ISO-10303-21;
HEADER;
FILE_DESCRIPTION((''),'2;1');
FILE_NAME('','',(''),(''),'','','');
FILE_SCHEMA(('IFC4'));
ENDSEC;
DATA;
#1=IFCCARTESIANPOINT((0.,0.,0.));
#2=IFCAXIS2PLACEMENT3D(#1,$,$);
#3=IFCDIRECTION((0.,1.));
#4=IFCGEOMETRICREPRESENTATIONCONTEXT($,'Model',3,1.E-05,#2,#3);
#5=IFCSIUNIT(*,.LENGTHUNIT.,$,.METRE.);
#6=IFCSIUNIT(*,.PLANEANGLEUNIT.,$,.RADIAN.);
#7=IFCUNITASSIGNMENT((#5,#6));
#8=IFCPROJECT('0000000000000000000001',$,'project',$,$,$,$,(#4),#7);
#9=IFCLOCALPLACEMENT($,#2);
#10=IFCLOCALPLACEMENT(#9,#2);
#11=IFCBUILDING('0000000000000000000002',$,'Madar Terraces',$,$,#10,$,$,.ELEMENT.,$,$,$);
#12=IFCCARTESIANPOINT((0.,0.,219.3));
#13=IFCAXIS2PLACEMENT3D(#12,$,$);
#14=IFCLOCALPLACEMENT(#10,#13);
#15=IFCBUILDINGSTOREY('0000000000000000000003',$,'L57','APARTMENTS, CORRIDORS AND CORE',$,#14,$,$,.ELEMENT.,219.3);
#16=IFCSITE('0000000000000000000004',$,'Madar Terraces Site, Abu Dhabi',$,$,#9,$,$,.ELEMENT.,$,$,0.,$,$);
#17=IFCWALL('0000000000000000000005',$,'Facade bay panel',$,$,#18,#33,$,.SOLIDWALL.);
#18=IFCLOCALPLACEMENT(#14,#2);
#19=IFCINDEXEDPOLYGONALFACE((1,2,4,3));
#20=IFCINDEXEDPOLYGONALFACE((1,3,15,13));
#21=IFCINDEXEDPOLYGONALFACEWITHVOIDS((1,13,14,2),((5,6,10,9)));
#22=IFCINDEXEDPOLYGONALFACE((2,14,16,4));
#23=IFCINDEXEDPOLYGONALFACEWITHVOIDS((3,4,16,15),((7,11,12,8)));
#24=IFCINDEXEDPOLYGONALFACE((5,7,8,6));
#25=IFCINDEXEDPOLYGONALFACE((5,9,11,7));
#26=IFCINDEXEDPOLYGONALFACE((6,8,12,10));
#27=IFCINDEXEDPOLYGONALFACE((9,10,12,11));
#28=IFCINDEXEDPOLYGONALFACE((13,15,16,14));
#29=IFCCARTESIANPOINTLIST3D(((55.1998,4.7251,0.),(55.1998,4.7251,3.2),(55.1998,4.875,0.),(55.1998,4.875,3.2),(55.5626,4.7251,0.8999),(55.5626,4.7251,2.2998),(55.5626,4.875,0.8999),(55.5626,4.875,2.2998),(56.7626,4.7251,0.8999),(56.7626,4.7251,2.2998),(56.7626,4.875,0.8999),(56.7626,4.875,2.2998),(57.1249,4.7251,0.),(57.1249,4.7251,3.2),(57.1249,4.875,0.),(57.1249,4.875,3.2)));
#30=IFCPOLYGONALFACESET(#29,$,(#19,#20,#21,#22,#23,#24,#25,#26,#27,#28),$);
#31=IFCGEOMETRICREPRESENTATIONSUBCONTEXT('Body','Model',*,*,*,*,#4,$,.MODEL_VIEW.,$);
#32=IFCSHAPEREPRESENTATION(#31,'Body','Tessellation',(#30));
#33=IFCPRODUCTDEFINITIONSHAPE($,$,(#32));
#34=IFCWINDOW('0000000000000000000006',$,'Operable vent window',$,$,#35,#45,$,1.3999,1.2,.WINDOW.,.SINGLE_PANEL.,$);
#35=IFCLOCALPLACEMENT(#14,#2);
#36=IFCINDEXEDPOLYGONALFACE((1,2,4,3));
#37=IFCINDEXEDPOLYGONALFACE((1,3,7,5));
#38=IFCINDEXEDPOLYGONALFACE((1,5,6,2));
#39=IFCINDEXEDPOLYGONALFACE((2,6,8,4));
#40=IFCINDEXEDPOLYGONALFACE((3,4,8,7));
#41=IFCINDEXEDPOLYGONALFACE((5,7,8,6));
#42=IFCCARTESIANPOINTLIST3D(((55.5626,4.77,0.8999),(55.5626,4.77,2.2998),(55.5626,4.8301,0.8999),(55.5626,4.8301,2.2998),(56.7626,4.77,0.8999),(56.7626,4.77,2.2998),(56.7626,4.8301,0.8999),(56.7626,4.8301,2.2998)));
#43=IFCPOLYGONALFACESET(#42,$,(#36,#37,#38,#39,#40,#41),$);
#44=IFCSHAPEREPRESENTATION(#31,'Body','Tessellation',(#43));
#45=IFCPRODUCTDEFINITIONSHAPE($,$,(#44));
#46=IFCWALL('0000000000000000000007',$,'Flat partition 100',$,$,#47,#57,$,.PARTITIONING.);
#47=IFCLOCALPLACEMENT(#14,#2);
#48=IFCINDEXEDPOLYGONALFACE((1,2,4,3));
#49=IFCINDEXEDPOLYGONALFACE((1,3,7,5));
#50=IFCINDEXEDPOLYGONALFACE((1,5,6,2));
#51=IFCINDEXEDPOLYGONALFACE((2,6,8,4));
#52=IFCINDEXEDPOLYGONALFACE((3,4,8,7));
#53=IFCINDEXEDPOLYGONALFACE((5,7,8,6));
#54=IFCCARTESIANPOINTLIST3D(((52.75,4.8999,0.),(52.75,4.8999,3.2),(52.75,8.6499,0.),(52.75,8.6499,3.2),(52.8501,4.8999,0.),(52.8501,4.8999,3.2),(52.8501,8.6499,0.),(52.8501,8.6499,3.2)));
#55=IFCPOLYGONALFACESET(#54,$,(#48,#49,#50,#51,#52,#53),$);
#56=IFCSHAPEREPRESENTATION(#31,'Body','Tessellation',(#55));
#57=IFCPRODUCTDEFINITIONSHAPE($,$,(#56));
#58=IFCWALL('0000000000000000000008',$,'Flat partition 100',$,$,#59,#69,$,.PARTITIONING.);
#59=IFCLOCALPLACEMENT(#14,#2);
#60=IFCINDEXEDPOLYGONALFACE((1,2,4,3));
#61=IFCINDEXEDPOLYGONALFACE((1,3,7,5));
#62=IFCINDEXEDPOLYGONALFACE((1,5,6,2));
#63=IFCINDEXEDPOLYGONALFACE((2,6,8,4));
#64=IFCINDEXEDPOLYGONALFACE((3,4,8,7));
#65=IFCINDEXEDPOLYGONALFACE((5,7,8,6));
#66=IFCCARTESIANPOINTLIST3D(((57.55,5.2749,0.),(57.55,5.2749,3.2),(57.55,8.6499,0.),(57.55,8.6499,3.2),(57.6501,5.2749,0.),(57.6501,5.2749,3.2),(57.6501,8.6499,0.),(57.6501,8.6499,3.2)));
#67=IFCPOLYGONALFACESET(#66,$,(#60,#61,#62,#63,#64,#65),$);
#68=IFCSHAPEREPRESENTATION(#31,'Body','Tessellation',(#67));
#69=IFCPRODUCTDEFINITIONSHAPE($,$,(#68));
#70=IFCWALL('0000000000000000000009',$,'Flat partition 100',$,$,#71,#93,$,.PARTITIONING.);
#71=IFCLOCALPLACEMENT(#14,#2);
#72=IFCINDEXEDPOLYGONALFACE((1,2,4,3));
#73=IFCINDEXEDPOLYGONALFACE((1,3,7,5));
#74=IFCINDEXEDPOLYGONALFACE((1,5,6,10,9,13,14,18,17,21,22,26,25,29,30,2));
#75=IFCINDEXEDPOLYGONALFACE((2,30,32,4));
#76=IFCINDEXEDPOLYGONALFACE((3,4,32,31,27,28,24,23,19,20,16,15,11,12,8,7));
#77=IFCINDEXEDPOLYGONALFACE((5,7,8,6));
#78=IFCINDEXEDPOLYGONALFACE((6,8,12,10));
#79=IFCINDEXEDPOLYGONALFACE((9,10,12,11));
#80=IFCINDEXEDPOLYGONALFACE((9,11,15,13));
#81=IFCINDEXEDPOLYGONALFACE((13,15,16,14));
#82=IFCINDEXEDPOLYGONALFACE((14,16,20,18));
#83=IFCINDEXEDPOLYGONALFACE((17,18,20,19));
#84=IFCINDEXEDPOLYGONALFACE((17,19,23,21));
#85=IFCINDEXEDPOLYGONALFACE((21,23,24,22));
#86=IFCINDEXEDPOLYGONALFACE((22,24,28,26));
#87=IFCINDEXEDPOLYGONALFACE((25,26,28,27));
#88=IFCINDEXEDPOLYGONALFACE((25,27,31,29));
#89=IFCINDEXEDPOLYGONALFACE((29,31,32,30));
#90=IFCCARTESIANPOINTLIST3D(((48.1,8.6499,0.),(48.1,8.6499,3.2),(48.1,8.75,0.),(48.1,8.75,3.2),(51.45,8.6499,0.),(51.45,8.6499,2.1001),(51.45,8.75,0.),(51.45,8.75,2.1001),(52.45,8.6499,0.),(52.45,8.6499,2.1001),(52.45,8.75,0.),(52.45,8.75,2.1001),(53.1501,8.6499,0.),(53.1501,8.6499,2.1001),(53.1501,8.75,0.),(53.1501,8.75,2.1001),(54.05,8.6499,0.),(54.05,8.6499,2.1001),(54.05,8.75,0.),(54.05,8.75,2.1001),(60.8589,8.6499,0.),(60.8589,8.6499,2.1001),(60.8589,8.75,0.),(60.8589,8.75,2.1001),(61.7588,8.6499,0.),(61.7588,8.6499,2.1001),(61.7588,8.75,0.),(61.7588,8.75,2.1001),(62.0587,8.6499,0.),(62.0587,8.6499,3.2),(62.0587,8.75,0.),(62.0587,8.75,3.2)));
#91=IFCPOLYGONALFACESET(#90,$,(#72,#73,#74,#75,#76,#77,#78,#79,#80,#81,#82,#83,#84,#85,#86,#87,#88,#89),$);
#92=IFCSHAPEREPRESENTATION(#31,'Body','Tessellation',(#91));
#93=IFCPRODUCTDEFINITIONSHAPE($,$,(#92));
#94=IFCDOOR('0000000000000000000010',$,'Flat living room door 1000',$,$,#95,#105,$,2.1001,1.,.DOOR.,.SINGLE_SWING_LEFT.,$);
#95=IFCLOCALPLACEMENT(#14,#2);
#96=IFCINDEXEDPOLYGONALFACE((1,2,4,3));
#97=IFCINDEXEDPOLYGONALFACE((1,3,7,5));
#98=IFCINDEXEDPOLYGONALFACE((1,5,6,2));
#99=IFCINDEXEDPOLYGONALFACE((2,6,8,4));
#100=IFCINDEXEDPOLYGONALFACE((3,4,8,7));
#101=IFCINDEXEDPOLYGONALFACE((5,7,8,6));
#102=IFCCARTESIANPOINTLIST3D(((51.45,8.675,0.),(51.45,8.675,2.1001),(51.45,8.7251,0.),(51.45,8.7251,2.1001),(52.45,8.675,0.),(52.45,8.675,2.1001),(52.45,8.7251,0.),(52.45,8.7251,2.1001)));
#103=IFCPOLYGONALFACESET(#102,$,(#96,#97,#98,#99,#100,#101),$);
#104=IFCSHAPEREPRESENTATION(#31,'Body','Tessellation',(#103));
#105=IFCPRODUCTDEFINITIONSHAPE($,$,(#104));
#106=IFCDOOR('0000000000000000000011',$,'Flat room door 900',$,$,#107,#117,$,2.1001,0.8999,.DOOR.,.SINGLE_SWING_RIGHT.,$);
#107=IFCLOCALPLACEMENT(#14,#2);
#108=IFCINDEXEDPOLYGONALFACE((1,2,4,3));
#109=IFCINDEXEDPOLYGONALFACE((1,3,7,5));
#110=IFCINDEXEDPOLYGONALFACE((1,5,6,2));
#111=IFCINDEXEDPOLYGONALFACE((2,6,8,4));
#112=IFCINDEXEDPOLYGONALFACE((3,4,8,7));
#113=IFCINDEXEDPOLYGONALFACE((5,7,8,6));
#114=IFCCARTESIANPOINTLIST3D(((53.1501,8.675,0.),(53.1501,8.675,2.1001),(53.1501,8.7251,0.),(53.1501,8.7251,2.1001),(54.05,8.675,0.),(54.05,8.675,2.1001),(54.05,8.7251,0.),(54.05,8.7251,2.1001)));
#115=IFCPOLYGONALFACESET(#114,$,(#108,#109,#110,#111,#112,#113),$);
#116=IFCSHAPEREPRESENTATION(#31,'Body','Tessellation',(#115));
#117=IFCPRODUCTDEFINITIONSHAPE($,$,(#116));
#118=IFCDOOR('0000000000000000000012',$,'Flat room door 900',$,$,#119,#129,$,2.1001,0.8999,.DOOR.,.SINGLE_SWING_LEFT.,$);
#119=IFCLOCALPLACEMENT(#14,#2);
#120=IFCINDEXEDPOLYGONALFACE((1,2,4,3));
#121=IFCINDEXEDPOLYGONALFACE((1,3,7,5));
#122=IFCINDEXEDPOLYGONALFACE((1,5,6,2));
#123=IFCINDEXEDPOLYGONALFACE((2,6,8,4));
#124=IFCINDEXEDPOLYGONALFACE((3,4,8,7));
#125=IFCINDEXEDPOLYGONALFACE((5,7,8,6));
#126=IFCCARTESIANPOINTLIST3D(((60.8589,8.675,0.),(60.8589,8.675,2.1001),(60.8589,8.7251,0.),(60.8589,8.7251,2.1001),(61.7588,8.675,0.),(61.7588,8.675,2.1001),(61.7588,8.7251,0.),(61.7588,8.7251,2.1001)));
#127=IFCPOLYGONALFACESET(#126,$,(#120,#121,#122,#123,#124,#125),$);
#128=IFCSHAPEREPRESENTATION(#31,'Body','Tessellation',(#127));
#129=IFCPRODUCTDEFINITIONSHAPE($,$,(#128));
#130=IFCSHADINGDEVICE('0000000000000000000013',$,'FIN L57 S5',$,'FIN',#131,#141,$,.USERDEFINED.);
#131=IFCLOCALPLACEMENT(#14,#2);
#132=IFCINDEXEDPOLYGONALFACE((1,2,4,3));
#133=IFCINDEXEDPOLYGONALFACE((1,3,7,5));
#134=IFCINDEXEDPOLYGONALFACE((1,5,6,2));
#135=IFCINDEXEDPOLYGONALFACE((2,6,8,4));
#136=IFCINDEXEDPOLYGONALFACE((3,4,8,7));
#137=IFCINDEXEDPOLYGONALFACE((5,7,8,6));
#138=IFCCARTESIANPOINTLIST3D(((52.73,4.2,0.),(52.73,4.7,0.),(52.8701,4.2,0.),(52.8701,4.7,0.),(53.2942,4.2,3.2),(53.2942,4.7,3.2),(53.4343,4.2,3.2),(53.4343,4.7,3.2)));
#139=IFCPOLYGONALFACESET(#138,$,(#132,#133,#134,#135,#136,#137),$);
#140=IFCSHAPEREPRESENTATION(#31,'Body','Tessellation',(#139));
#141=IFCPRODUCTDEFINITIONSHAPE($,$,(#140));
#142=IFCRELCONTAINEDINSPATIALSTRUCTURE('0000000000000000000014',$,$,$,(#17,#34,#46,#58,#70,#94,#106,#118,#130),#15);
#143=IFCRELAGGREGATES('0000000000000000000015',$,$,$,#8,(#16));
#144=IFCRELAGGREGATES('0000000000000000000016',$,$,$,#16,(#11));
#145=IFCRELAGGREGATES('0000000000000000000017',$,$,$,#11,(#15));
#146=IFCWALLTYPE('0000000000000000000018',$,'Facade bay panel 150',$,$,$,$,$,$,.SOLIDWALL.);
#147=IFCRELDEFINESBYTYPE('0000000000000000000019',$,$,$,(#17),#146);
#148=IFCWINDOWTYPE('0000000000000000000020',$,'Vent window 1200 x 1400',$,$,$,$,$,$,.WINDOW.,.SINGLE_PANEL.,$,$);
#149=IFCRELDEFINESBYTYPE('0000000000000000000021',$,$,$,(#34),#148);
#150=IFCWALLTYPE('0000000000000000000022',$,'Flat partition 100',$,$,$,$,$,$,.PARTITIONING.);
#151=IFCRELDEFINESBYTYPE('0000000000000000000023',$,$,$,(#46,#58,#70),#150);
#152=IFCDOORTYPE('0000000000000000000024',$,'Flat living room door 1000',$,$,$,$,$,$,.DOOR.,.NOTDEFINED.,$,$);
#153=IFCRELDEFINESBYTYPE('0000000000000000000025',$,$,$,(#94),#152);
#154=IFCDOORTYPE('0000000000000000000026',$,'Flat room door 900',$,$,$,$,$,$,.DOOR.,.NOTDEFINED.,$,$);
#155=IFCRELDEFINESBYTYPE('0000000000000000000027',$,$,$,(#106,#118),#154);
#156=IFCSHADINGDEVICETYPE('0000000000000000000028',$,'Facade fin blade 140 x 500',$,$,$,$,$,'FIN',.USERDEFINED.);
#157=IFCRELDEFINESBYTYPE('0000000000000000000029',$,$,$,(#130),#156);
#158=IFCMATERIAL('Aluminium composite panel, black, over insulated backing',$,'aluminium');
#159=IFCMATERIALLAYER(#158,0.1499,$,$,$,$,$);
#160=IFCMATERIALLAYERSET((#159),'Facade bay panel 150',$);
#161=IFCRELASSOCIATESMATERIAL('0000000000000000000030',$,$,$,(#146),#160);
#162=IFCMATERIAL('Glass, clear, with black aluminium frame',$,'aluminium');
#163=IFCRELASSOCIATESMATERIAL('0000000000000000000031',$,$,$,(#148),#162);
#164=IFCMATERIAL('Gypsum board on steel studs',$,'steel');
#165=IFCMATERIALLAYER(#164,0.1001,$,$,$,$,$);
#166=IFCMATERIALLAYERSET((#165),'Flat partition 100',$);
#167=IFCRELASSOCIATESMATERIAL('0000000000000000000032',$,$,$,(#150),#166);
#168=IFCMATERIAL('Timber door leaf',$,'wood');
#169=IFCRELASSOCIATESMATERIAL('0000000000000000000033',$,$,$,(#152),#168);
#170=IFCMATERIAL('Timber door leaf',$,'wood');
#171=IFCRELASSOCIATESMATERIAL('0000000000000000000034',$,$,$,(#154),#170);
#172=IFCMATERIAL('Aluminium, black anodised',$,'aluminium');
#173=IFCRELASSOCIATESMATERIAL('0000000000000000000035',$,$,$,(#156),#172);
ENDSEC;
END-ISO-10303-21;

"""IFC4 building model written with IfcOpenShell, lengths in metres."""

from ifc_helpers import new_model, si_unit, direction, frame, frame_2d, origin, place, context, subcontext, project, spatial, polyline, rectangle, outline, extrude, material, layer, layer_set, type_object, element, fill, save


model = new_model("IFC4")

# Units and contexts
model_context = context("Model", 3, precision=1e-05, world=origin(), true_north=direction((0.0, 1.0)))
body_context = subcontext(model_context, "Body", "Model", "MODEL_VIEW")
ifc_project = project(units=[si_unit("LENGTHUNIT", "METRE"), si_unit("PLANEANGLEUNIT", "RADIAN")], contexts=[model_context])

# Site, building, storey
site_placement = place(None, origin())
site = spatial("IfcSite", under=ifc_project, at=site_placement, Name="Madar Terraces Site, Abu Dhabi", CompositionType="ELEMENT", RefElevation=0.0)
building_placement = place(site_placement, origin())
building = spatial("IfcBuilding", under=site, at=building_placement, Name="Madar Terraces", CompositionType="ELEMENT")
storey_placement = place(building_placement, frame((0.0, 0.0, 219.3)))
storey = spatial("IfcBuildingStorey", under=building, at=storey_placement, Name="L57", Description="APARTMENTS, CORRIDORS AND CORE", CompositionType="ELEMENT", Elevation=219.3)

# Shared definitions
ifc_material_1 = material(Name="Aluminium composite panel, black, over insulated backing", Category="aluminium")
ifc_layer_1 = layer(ifc_material_1, 0.1499)
ifc_layer_set_1 = layer_set([ifc_layer_1], Name="Facade bay panel 150")
wall_type_1 = type_object("IfcWallType", Name="Facade bay panel 150", PredefinedType="SOLIDWALL", material=ifc_layer_set_1)

# Wall, opening, window
wall_1_placement = place(storey_placement, frame((55.2, 4.8, 0.0), z_axis=(0.0, 0.0, 1.0), x_axis=(1.0, 0.0, 0.0)))
wall_1 = element("IfcWall", 1, at=wall_1_placement, inside=storey, type_object=wall_type_1, Name="Facade bay panel", PredefinedType="SOLIDWALL", context=body_context, shape_type="SweptSolid", body=[
    extrude(rectangle(XDim=1.925, YDim=0.1499, at=frame_2d((0.9624, 0.0))), origin(), (0.0, 0.0, 1.0), 3.2),
])
opening_1_placement = place(wall_1_placement, frame((0.3625, 0.0, 0.8999)))
opening_1 = element("IfcOpeningElement", 2, at=opening_1_placement, cuts=wall_1, PredefinedType="OPENING", context=body_context, shape_type="SweptSolid", body=[
    extrude(rectangle(XDim=1.2, YDim=1.3999, at=frame_2d((0.6001, 0.7))), frame((0.0, 0.085, 0.0), z_axis=(0.0, -1.0, 0.0), x_axis=(1.0, 0.0, 0.0)), (0.0, 0.0, 1.0), 0.1699),
])
ifc_material_2 = material(Name="Glass, clear, with black aluminium frame", Category="aluminium")
window_type = type_object("IfcWindowType", Name="Vent window 1200 x 1400", PartitioningType="SINGLE_PANEL", PredefinedType="WINDOW", material=ifc_material_2)
window_placement = place(opening_1_placement, origin())
window = element("IfcWindow", 3, at=window_placement, inside=storey, type_object=window_type, Name="Operable vent window", OverallHeight=1.3999, OverallWidth=1.2, PartitioningType="SINGLE_PANEL", PredefinedType="WINDOW", context=body_context, shape_type="SweptSolid", body=[
    extrude(rectangle(XDim=1.2, YDim=1.3999, at=frame_2d((0.6001, 0.7))), frame((0.0, 0.03, 0.0), z_axis=(0.0, -1.0, 0.0), x_axis=(1.0, 0.0, 0.0)), (0.0, 0.0, 1.0), 0.0601),
])
fill(opening_1, window)

# Walls
ifc_material_3 = material(Name="Gypsum board on steel studs", Category="steel")
ifc_layer_2 = layer(ifc_material_3, 0.1001)
ifc_layer_set_2 = layer_set([ifc_layer_2], Name="Flat partition 100")
wall_type_2 = type_object("IfcWallType", Name="Flat partition 100", PredefinedType="PARTITIONING", material=ifc_layer_set_2)
wall_2_placement = place(storey_placement, frame((52.8, 8.6499, 0.0), z_axis=(0.0, 0.0, 1.0), x_axis=(0.0, -1.0, 0.0)))
element("IfcWall", 4, at=wall_2_placement, inside=storey, type_object=wall_type_2, Name="Flat partition 100", PredefinedType="PARTITIONING", context=body_context, shape_type="SweptSolid", body=[
    extrude(rectangle(XDim=3.75, YDim=0.1001, at=frame_2d((1.875, 0.0))), origin(), (0.0, 0.0, 1.0), 3.2),
])
wall_3_placement = place(storey_placement, frame((57.6001, 8.6499, 0.0), z_axis=(0.0, 0.0, 1.0), x_axis=(0.0, -1.0, 0.0)))
element("IfcWall", 5, at=wall_3_placement, inside=storey, type_object=wall_type_2, Name="Flat partition 100", PredefinedType="PARTITIONING", context=body_context, shape_type="SweptSolid", body=[
    extrude(rectangle(XDim=3.375, YDim=0.1001, at=frame_2d((1.6875, 0.0))), origin(), (0.0, 0.0, 1.0), 3.2),
])

# Wall, openings, doors
wall_4_placement = place(storey_placement, frame((62.0588, 8.7, 0.0), z_axis=(0.0, 0.0, 1.0), x_axis=(-1.0, 0.0, 0.0)))
wall_4 = element("IfcWall", 6, at=wall_4_placement, inside=storey, type_object=wall_type_2, Name="Flat partition 100", PredefinedType="PARTITIONING", context=body_context, shape_type="SweptSolid", body=[
    extrude(rectangle(XDim=13.9587, YDim=0.1001, at=frame_2d((6.9795, 0.0))), origin(), (0.0, 0.0, 1.0), 3.2),
])
opening_2_placement = place(wall_4_placement, frame((9.6089, 0.0, 0.0)))
opening_2 = element("IfcOpeningElement", 7, at=opening_2_placement, cuts=wall_4, PredefinedType="OPENING", context=body_context, shape_type="SweptSolid", body=[
    extrude(rectangle(XDim=1.0, YDim=2.1001, at=frame_2d((0.5, 1.05))), frame((0.0, 0.0601, 0.0), z_axis=(0.0, -1.0, 0.0), x_axis=(1.0, 0.0, 0.0)), (0.0, 0.0, 1.0), 0.1201),
])
opening_3_placement = place(wall_4_placement, frame((8.0088, 0.0, 0.0)))
opening_3 = element("IfcOpeningElement", 8, at=opening_3_placement, cuts=wall_4, PredefinedType="OPENING", context=body_context, shape_type="SweptSolid", body=[
    extrude(rectangle(XDim=0.8999, YDim=2.1001, at=frame_2d((0.45, 1.05))), frame((0.0, 0.0601, 0.0), z_axis=(0.0, -1.0, 0.0), x_axis=(1.0, 0.0, 0.0)), (0.0, 0.0, 1.0), 0.1201),
])
opening_4_placement = place(wall_4_placement, frame((0.3, 0.0, 0.0)))
opening_4 = element("IfcOpeningElement", 9, at=opening_4_placement, cuts=wall_4, PredefinedType="OPENING", context=body_context, shape_type="SweptSolid", body=[
    extrude(rectangle(XDim=0.8999, YDim=2.1001, at=frame_2d((0.45, 1.05))), frame((0.0, 0.0601, 0.0), z_axis=(0.0, -1.0, 0.0), x_axis=(1.0, 0.0, 0.0)), (0.0, 0.0, 1.0), 0.1201),
])
ifc_material_4 = material(Name="Timber door leaf", Category="wood")
door_type_1 = type_object("IfcDoorType", Name="Flat living room door 1000", OperationType="NOTDEFINED", PredefinedType="DOOR", material=ifc_material_4)
door_1_placement = place(opening_2_placement, origin())
door_1 = element("IfcDoor", 10, at=door_1_placement, inside=storey, type_object=door_type_1, Name="Flat living room door 1000", OperationType="SINGLE_SWING_LEFT", OverallHeight=2.1001, OverallWidth=1.0, PredefinedType="DOOR", context=body_context, shape_type="SweptSolid", body=[
    extrude(rectangle(XDim=1.0, YDim=2.1001, at=frame_2d((0.5, 1.05))), frame((0.0, 0.0249, 0.0), z_axis=(0.0, -1.0, 0.0), x_axis=(1.0, 0.0, 0.0)), (0.0, 0.0, 1.0), 0.05),
])
fill(opening_2, door_1)
ifc_material_5 = material(Name="Timber door leaf", Category="wood")
door_type_2 = type_object("IfcDoorType", Name="Flat room door 900", OperationType="NOTDEFINED", PredefinedType="DOOR", material=ifc_material_5)
door_2_placement = place(opening_3_placement, origin())
door_2 = element("IfcDoor", 11, at=door_2_placement, inside=storey, type_object=door_type_2, Name="Flat room door 900", OperationType="SINGLE_SWING_RIGHT", OverallHeight=2.1001, OverallWidth=0.8999, PredefinedType="DOOR", context=body_context, shape_type="SweptSolid", body=[
    extrude(rectangle(XDim=0.8999, YDim=2.1001, at=frame_2d((0.45, 1.05))), frame((0.0, 0.0249, 0.0), z_axis=(0.0, -1.0, 0.0), x_axis=(1.0, 0.0, 0.0)), (0.0, 0.0, 1.0), 0.05),
])
fill(opening_3, door_2)
door_3_placement = place(opening_4_placement, origin())
door_3 = element("IfcDoor", 12, at=door_3_placement, inside=storey, type_object=door_type_2, Name="Flat room door 900", OperationType="SINGLE_SWING_LEFT", OverallHeight=2.1001, OverallWidth=0.8999, PredefinedType="DOOR", context=body_context, shape_type="SweptSolid", body=[
    extrude(rectangle(XDim=0.8999, YDim=2.1001, at=frame_2d((0.45, 1.05))), frame((0.0, 0.0249, 0.0), z_axis=(0.0, -1.0, 0.0), x_axis=(1.0, 0.0, 0.0)), (0.0, 0.0, 1.0), 0.05),
])
fill(opening_4, door_3)

# Shading device
ifc_material_6 = material(Name="Aluminium, black anodised", Category="aluminium")
shading_device_type = type_object("IfcShadingDeviceType", Name="Facade fin blade 140 x 500", ElementType="FIN", PredefinedType="USERDEFINED", material=ifc_material_6)
shading_device_placement = place(storey_placement, frame((52.73, 4.45, 0.0), z_axis=(0.0, 0.0, 1.0), x_axis=(1.0, 0.0, 0.0)))
element("IfcShadingDevice", 13, at=shading_device_placement, inside=storey, type_object=shading_device_type, Name="FIN L57 S5", ObjectType="FIN", PredefinedType="USERDEFINED", context=body_context, shape_type="SweptSolid", body=[
    extrude(outline(polyline([(0.0, 0.0), (0.1401, 0.0), (0.7043, 3.2), (0.5642, 3.2), (0.0, 0.0)])), frame((0.0, 0.25, 0.0), z_axis=(0.0, -1.0, 0.0), x_axis=(1.0, 0.0, 0.0)), (0.0, 0.0, 1.0), 0.5),
])

save(model, "model.ifc")
